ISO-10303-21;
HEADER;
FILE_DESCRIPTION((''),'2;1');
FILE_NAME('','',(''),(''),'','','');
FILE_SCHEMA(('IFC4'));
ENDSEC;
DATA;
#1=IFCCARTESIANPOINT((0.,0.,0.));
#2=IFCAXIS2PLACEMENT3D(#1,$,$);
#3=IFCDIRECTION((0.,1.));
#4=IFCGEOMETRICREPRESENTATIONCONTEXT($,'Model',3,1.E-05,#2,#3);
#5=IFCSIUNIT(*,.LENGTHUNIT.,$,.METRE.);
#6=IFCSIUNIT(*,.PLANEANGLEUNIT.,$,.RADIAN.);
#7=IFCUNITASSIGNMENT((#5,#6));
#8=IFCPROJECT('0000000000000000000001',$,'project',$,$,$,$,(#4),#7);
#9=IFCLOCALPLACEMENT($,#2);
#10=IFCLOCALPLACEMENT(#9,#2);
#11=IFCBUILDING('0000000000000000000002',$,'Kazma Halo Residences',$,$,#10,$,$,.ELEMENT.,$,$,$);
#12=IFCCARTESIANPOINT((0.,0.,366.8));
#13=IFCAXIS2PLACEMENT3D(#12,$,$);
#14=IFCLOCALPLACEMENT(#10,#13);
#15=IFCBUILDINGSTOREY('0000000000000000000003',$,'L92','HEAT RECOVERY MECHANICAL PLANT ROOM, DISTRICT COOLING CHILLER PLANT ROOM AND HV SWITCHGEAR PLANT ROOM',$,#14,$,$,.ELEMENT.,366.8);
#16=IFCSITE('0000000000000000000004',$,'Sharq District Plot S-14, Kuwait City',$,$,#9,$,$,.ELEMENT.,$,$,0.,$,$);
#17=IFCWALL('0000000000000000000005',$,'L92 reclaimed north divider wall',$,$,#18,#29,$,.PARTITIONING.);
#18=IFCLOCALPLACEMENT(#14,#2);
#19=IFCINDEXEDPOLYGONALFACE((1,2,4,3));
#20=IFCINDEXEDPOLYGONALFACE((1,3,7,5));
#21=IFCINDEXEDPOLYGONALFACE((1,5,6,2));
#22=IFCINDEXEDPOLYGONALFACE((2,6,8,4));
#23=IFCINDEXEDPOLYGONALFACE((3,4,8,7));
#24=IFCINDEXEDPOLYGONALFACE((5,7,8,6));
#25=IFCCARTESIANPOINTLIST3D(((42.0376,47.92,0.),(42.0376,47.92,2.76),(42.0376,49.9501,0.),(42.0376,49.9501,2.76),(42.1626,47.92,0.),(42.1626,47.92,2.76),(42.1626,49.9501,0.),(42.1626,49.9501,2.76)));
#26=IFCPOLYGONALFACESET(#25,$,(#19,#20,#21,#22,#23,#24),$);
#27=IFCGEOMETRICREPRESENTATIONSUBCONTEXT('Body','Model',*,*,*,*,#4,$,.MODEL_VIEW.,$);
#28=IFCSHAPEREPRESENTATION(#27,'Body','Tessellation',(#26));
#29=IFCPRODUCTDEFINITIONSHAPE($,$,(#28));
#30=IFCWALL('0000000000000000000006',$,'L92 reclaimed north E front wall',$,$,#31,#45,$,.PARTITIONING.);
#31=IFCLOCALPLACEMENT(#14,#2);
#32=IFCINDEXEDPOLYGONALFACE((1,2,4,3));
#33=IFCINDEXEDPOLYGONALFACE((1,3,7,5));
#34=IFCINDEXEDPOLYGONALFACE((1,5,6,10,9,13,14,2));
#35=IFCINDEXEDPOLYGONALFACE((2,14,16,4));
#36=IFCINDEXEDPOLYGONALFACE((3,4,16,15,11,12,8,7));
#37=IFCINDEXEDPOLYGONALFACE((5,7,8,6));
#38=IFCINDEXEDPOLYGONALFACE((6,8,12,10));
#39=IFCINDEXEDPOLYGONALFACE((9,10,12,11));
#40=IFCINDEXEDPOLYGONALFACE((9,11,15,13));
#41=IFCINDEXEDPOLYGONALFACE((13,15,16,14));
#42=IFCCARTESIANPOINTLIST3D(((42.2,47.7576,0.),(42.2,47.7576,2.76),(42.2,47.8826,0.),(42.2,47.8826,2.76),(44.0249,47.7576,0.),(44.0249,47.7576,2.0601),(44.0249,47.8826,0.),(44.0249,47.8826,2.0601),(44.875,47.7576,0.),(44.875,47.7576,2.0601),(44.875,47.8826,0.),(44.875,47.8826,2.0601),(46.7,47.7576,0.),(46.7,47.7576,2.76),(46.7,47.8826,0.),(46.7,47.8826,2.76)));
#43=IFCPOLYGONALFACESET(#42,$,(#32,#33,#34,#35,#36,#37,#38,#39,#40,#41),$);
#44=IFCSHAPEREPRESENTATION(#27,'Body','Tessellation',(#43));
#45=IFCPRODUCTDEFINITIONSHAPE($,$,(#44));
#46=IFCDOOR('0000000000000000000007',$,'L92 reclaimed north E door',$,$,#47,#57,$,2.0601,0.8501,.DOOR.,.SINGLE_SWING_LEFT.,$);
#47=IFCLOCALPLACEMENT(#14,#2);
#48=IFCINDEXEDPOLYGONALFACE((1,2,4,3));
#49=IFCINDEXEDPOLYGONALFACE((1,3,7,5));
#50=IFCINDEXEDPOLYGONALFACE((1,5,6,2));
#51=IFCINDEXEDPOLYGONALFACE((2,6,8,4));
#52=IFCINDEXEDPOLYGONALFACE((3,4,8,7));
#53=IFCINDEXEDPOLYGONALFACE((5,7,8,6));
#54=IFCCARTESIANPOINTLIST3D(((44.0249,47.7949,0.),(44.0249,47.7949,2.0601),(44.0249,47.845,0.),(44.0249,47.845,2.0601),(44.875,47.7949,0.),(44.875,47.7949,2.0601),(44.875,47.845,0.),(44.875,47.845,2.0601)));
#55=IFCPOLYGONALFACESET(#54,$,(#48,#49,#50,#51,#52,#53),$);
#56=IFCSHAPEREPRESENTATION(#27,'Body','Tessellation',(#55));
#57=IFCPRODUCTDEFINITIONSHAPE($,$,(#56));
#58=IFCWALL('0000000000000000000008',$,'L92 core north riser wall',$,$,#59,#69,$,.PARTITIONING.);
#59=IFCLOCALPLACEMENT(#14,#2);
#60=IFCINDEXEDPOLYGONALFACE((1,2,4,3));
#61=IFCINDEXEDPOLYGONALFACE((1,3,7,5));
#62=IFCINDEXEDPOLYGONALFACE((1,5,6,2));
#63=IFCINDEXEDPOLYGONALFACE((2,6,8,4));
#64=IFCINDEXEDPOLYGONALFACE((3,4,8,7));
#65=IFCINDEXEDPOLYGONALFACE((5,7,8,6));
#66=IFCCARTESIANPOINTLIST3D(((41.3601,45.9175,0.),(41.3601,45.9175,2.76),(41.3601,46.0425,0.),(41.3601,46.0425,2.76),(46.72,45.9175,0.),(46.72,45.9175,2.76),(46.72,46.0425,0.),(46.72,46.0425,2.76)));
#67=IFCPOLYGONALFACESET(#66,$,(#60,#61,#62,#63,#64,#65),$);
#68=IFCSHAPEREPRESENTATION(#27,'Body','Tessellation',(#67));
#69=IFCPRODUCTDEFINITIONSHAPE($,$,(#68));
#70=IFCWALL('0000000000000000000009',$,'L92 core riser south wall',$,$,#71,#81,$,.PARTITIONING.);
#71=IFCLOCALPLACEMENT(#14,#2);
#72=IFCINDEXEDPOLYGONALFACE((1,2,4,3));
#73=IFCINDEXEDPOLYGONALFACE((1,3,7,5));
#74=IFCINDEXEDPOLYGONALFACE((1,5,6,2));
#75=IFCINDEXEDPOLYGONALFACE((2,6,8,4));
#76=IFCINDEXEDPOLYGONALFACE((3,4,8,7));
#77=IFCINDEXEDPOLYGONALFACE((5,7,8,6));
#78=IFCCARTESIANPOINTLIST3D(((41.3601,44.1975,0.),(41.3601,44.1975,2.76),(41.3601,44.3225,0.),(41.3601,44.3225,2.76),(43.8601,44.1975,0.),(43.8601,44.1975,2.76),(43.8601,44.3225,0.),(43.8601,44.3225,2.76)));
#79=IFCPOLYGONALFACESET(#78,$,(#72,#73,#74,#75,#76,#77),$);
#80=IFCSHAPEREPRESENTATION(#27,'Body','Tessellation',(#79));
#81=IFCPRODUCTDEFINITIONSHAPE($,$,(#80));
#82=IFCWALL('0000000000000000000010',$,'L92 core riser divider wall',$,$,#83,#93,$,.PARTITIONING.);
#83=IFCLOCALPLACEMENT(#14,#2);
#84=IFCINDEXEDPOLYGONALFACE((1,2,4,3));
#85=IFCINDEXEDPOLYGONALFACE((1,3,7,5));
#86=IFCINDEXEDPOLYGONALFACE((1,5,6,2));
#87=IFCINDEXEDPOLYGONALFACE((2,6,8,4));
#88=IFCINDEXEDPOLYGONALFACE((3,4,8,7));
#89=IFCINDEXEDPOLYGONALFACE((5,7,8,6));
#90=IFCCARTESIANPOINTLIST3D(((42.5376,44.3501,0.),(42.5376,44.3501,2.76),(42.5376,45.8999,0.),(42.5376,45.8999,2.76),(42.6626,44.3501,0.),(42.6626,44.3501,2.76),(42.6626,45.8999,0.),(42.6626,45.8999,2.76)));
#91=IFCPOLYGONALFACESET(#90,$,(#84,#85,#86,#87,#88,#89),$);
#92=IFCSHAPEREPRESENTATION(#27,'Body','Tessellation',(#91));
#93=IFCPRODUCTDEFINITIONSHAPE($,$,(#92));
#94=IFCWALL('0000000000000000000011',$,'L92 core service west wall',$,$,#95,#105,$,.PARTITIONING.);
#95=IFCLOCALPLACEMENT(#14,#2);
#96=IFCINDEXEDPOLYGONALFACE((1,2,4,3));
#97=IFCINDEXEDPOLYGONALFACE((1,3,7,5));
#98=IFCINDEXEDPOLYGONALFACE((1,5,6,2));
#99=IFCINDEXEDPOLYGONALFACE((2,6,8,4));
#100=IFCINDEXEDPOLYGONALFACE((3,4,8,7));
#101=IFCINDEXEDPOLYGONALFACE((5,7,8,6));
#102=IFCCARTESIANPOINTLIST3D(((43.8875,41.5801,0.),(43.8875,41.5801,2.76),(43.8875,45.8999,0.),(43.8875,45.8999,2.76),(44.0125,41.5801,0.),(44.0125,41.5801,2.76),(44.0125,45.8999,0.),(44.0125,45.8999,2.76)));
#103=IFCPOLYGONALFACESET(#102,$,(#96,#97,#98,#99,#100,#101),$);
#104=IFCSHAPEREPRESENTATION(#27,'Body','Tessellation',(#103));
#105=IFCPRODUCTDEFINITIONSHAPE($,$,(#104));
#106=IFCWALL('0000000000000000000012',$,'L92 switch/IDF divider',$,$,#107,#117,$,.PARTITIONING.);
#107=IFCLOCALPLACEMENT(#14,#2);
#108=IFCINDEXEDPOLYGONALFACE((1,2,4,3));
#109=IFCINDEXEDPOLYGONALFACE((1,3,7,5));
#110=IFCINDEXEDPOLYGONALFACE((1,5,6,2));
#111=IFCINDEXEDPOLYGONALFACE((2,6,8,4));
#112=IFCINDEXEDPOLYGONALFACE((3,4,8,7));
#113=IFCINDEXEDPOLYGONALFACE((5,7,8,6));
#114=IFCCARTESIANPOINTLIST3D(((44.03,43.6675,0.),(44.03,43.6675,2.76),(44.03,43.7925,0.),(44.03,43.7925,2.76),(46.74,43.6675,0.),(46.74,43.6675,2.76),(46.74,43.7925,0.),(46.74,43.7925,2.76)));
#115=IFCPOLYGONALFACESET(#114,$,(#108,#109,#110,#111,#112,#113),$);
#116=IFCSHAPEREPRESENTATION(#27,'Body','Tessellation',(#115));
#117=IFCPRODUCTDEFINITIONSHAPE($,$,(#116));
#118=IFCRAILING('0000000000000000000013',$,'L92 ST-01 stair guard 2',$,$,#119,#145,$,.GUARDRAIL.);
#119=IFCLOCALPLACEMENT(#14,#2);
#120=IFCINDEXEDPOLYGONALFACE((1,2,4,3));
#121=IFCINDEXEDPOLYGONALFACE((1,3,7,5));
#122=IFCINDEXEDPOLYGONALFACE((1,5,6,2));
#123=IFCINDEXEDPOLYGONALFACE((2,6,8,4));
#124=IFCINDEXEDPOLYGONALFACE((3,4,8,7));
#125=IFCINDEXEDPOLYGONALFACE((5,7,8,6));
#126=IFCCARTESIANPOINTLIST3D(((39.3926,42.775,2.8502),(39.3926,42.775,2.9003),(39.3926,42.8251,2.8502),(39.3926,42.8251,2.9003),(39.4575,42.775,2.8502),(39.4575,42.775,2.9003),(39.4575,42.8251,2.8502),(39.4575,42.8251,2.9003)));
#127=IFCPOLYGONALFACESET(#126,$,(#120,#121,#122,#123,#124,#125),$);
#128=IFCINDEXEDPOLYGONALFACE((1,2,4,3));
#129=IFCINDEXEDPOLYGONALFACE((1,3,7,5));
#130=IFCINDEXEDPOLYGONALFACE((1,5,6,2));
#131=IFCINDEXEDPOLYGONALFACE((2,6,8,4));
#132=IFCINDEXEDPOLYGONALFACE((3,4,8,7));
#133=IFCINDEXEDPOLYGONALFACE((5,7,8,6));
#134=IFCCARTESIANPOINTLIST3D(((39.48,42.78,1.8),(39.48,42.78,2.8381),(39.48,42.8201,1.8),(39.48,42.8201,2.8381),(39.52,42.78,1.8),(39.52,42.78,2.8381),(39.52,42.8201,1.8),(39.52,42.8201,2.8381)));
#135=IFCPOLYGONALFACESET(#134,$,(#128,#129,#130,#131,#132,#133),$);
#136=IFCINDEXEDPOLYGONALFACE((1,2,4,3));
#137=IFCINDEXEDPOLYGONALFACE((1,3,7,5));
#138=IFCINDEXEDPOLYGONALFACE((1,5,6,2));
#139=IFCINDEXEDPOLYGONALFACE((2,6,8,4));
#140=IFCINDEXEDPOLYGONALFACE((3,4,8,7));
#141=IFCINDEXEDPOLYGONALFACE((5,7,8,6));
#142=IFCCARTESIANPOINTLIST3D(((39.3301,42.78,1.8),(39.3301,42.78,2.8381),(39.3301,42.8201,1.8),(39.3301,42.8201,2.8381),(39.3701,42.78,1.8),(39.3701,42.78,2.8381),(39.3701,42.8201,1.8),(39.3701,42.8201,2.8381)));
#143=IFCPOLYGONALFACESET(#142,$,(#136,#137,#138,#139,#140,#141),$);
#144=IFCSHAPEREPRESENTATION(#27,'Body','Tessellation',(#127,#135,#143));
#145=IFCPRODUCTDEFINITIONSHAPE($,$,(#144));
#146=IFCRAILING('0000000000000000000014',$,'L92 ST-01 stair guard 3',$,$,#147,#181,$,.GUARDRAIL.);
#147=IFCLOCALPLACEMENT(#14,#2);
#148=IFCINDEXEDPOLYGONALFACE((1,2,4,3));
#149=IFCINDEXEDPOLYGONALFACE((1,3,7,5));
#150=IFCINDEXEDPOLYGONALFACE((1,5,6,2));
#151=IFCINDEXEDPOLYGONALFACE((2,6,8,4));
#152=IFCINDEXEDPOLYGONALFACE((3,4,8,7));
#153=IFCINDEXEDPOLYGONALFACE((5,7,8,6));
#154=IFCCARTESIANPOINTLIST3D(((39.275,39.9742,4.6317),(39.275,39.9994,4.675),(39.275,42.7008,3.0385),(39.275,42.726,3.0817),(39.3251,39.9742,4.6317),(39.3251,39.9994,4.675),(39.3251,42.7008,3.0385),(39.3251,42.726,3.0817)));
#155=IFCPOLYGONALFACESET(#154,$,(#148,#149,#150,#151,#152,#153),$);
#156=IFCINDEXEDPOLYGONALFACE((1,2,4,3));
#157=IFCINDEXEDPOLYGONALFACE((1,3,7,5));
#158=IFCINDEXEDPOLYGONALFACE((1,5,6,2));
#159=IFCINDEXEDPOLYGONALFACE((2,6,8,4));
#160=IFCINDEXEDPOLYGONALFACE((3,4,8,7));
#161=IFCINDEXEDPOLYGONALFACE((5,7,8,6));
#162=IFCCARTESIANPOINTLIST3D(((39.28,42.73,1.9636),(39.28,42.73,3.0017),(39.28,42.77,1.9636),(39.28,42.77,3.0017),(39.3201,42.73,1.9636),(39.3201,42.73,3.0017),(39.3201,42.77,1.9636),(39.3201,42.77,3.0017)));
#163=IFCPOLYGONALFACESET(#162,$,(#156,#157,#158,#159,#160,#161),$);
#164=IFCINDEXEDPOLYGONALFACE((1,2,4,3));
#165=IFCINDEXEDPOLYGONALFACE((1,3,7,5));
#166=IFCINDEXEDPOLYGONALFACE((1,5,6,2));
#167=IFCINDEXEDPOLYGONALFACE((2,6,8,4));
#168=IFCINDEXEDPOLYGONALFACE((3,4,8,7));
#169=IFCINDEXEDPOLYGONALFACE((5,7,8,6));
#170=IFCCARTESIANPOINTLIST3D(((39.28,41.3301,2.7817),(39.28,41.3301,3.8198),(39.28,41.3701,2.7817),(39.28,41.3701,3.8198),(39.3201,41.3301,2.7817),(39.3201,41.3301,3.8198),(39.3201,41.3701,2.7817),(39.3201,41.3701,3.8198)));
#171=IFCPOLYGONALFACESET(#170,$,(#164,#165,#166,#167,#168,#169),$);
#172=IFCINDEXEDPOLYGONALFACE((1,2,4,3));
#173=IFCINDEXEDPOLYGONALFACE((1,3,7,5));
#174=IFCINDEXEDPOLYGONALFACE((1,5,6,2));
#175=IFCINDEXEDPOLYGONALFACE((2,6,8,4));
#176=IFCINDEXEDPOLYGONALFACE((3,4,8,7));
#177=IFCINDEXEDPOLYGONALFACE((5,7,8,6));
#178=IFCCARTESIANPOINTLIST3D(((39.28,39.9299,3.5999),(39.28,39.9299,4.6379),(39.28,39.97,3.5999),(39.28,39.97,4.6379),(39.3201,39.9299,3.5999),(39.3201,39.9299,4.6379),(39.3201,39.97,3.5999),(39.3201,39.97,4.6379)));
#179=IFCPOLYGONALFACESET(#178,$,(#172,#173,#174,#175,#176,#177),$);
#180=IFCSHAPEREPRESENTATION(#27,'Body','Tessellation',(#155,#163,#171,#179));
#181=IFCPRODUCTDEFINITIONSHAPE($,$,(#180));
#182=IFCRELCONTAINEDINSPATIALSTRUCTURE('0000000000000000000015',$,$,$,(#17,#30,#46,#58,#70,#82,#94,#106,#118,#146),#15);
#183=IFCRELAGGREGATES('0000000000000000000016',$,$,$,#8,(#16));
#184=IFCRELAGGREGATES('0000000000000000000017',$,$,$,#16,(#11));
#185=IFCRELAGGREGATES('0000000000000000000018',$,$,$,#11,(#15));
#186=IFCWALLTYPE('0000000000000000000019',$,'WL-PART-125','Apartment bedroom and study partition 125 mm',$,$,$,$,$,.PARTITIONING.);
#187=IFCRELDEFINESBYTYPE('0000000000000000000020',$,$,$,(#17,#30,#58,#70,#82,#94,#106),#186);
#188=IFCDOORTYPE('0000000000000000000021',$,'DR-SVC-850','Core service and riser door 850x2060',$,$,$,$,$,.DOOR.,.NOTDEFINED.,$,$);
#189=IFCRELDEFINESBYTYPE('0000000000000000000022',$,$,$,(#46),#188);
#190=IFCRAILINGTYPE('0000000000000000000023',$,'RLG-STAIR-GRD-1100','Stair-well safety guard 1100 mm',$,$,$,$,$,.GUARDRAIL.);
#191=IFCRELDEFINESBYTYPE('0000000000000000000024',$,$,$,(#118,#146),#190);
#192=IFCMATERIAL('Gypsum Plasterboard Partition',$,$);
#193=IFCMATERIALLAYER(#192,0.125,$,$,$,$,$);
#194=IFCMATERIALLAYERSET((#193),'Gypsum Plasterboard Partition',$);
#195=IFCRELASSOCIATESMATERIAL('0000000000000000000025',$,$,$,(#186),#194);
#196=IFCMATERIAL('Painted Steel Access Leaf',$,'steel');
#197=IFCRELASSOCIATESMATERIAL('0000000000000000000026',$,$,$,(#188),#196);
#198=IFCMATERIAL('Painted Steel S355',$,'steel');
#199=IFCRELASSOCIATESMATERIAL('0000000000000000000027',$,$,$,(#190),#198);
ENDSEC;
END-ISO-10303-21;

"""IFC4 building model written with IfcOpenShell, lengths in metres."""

from ifc_helpers import new_model, si_unit, direction, frame, frame_2d, origin, origin_2d, place, context, subcontext, project, spatial, rectangle, extrude, material, layer, layer_set, type_object, element, fill, save


model = new_model("IFC4")

# Units and contexts
model_context = context("Model", 3, precision=1e-05, world=origin(), true_north=direction((0.0, 1.0)))
body_context = subcontext(model_context, "Body", "Model", "MODEL_VIEW")
ifc_project = project(units=[si_unit("LENGTHUNIT", "METRE"), si_unit("PLANEANGLEUNIT", "RADIAN")], contexts=[model_context])

# Site, building, storey
site_placement = place(None, origin())
site = spatial("IfcSite", under=ifc_project, at=site_placement, Name="Sharq District Plot S-14, Kuwait City", CompositionType="ELEMENT", RefElevation=0.0)
building_placement = place(site_placement, origin())
building = spatial("IfcBuilding", under=site, at=building_placement, Name="Kazma Halo Residences", CompositionType="ELEMENT")
storey_placement = place(building_placement, frame((0.0, 0.0, 366.8)))
storey = spatial("IfcBuildingStorey", under=building, at=storey_placement, Name="L92", Description="HEAT RECOVERY MECHANICAL PLANT ROOM, DISTRICT COOLING CHILLER PLANT ROOM AND HV SWITCHGEAR PLANT ROOM", CompositionType="ELEMENT", Elevation=366.8)

# Wall
ifc_material_1 = material(Name="Gypsum Plasterboard Partition")
ifc_layer_1 = layer(ifc_material_1, 0.125)
ifc_layer_set_1 = layer_set([ifc_layer_1], Name="Gypsum Plasterboard Partition")
wall_type_1 = type_object("IfcWallType", Name="WL-PART-125", Description="Apartment bedroom and study partition 125 mm", PredefinedType="PARTITIONING", material=ifc_layer_set_1)
wall_1_placement = place(storey_placement, frame((42.1001, 47.9199, 0.0), z_axis=(0.0, 0.0, 1.0), x_axis=(0.0, 1.0, 0.0)))
element("IfcWall", 1, at=wall_1_placement, inside=storey, type_object=wall_type_1, Name="L92 reclaimed north divider wall", PredefinedType="PARTITIONING", context=body_context, shape_type="SweptSolid", body=[
    extrude(rectangle(XDim=2.03, YDim=0.125, at=frame_2d((1.0151, 0.0))), origin(), (0.0, 0.0, 1.0), 2.76),
])

# Wall, opening, door
wall_2_placement = place(storey_placement, frame((42.2, 47.8201, 0.0), z_axis=(0.0, 0.0, 1.0), x_axis=(1.0, 0.0, 0.0)))
wall_2 = element("IfcWall", 2, at=wall_2_placement, inside=storey, type_object=wall_type_1, Name="L92 reclaimed north E front wall", PredefinedType="PARTITIONING", context=body_context, shape_type="SweptSolid", body=[
    extrude(rectangle(XDim=4.5, YDim=0.125, at=frame_2d((2.25, 0.0))), origin(), (0.0, 0.0, 1.0), 2.76),
])
opening_1_placement = place(wall_2_placement, frame((1.825, 0.0, 0.0)))
opening_1 = element("IfcOpeningElement", 3, at=opening_1_placement, cuts=wall_2, PredefinedType="OPENING", context=body_context, shape_type="SweptSolid", body=[
    extrude(rectangle(XDim=0.8501, YDim=2.0601, at=frame_2d((0.425, 1.03))), frame((0.0, 0.0725, 0.0), z_axis=(0.0, -1.0, 0.0), x_axis=(1.0, 0.0, 0.0)), (0.0, 0.0, 1.0), 0.145),
])
ifc_material_2 = material(Name="Painted Steel Access Leaf", Category="steel")
door_type_1 = type_object("IfcDoorType", Name="DR-SVC-850", Description="Core service and riser door 850x2060", OperationType="NOTDEFINED", PredefinedType="DOOR", material=ifc_material_2)
door_1_placement = place(opening_1_placement, origin())
door_1 = element("IfcDoor", 4, at=door_1_placement, inside=storey, type_object=door_type_1, Name="L92 reclaimed north E door", OperationType="SINGLE_SWING_LEFT", OverallHeight=2.0601, OverallWidth=0.8501, PredefinedType="DOOR", context=body_context, shape_type="SweptSolid", body=[
    extrude(rectangle(XDim=0.8501, YDim=2.0601, at=frame_2d((0.425, 1.03))), frame((0.0, 0.0249, 0.0), z_axis=(0.0, -1.0, 0.0), x_axis=(1.0, 0.0, 0.0)), (0.0, 0.0, 1.0), 0.05),
])
fill(opening_1, door_1)

# Walls
wall_3_placement = place(storey_placement, frame((41.3601, 45.98, 0.0), z_axis=(0.0, 0.0, 1.0), x_axis=(1.0, 0.0, 0.0)))
element("IfcWall", 5, at=wall_3_placement, inside=storey, type_object=wall_type_1, Name="L92 core north riser wall", PredefinedType="PARTITIONING", context=body_context, shape_type="SweptSolid", body=[
    extrude(rectangle(XDim=5.3599, YDim=0.125, at=frame_2d((2.6799, 0.0))), origin(), (0.0, 0.0, 1.0), 2.76),
])
wall_4_placement = place(storey_placement, frame((41.3601, 44.26, 0.0), z_axis=(0.0, 0.0, 1.0), x_axis=(1.0, 0.0, 0.0)))
element("IfcWall", 6, at=wall_4_placement, inside=storey, type_object=wall_type_1, Name="L92 core riser south wall", PredefinedType="PARTITIONING", context=body_context, shape_type="SweptSolid", body=[
    extrude(rectangle(XDim=2.5, YDim=0.125, at=frame_2d((1.25, 0.0))), origin(), (0.0, 0.0, 1.0), 2.76),
])
wall_5_placement = place(storey_placement, frame((42.6001, 44.3501, 0.0), z_axis=(0.0, 0.0, 1.0), x_axis=(0.0, 1.0, 0.0)))
element("IfcWall", 7, at=wall_5_placement, inside=storey, type_object=wall_type_1, Name="L92 core riser divider wall", PredefinedType="PARTITIONING", context=body_context, shape_type="SweptSolid", body=[
    extrude(rectangle(XDim=1.5498, YDim=0.125, at=frame_2d((0.7749, 0.0))), origin(), (0.0, 0.0, 1.0), 2.76),
])
wall_6_placement = place(storey_placement, frame((43.95, 41.5801, 0.0), z_axis=(0.0, 0.0, 1.0), x_axis=(0.0, 1.0, 0.0)))
element("IfcWall", 8, at=wall_6_placement, inside=storey, type_object=wall_type_1, Name="L92 core service west wall", PredefinedType="PARTITIONING", context=body_context, shape_type="SweptSolid", body=[
    extrude(rectangle(XDim=4.3198, YDim=0.125, at=frame_2d((2.1599, 0.0))), origin(), (0.0, 0.0, 1.0), 2.76),
])
wall_7_placement = place(storey_placement, frame((44.03, 43.73, 0.0), z_axis=(0.0, 0.0, 1.0), x_axis=(1.0, 0.0, 0.0)))
element("IfcWall", 9, at=wall_7_placement, inside=storey, type_object=wall_type_1, Name="L92 switch/IDF divider", PredefinedType="PARTITIONING", context=body_context, shape_type="SweptSolid", body=[
    extrude(rectangle(XDim=2.71, YDim=0.125, at=frame_2d((1.355, 0.0))), origin(), (0.0, 0.0, 1.0), 2.76),
])

# Railings
ifc_material_3 = material(Name="Painted Steel S355", Category="steel")
railing_type = type_object("IfcRailingType", Name="RLG-STAIR-GRD-1100", Description="Stair-well safety guard 1100 mm", PredefinedType="GUARDRAIL", material=ifc_material_3)
railing_1_placement = place(storey_placement, frame((39.5, 42.8, 1.8)))
element("IfcRailing", 10, at=railing_1_placement, inside=storey, type_object=railing_type, Name="L92 ST-01 stair guard 2", PredefinedType="GUARDRAIL", context=body_context, shape_type="SweptSolid", body=[
    extrude(rectangle(XDim=0.05, YDim=0.05, at=origin_2d()), frame((-0.0425, 0.0, 1.0752), z_axis=(-1.0, 0.0, 0.0), x_axis=(0.0, -1.0, 0.0)), (0.0, 0.0, 1.0), 0.0649),
    extrude(rectangle(XDim=0.04, YDim=0.04, at=origin_2d()), origin(), (0.0, 0.0, 1.0), 1.0381),
    extrude(rectangle(XDim=0.04, YDim=0.04, at=origin_2d()), frame((-0.1499, 0.0, 0.0)), (0.0, 0.0, 1.0), 1.0381),
])
railing_2_placement = place(storey_placement, frame((39.3, 42.75, 1.9636)))
element("IfcRailing", 11, at=railing_2_placement, inside=storey, type_object=railing_type, Name="L92 ST-01 stair guard 3", PredefinedType="GUARDRAIL", context=body_context, shape_type="SweptSolid", body=[
    extrude(rectangle(XDim=0.05, YDim=0.05, at=origin_2d()), frame((0.0, -0.0366, 1.0964), z_axis=(0.0, -0.863394, 0.504531), x_axis=(1.0, 0.0, 0.0)), (0.0, 0.0, 1.0), 3.158),
    extrude(rectangle(XDim=0.04, YDim=0.04, at=origin_2d()), origin(), (0.0, 0.0, 1.0), 1.0381),
    extrude(rectangle(XDim=0.04, YDim=0.04, at=origin_2d()), frame((0.0, -1.3999, 0.8181)), (0.0, 0.0, 1.0), 1.0381),
    extrude(rectangle(XDim=0.04, YDim=0.04, at=origin_2d()), frame((0.0, -2.8, 1.6362)), (0.0, 0.0, 1.0), 1.0381),
])

save(model, "model.ifc")
